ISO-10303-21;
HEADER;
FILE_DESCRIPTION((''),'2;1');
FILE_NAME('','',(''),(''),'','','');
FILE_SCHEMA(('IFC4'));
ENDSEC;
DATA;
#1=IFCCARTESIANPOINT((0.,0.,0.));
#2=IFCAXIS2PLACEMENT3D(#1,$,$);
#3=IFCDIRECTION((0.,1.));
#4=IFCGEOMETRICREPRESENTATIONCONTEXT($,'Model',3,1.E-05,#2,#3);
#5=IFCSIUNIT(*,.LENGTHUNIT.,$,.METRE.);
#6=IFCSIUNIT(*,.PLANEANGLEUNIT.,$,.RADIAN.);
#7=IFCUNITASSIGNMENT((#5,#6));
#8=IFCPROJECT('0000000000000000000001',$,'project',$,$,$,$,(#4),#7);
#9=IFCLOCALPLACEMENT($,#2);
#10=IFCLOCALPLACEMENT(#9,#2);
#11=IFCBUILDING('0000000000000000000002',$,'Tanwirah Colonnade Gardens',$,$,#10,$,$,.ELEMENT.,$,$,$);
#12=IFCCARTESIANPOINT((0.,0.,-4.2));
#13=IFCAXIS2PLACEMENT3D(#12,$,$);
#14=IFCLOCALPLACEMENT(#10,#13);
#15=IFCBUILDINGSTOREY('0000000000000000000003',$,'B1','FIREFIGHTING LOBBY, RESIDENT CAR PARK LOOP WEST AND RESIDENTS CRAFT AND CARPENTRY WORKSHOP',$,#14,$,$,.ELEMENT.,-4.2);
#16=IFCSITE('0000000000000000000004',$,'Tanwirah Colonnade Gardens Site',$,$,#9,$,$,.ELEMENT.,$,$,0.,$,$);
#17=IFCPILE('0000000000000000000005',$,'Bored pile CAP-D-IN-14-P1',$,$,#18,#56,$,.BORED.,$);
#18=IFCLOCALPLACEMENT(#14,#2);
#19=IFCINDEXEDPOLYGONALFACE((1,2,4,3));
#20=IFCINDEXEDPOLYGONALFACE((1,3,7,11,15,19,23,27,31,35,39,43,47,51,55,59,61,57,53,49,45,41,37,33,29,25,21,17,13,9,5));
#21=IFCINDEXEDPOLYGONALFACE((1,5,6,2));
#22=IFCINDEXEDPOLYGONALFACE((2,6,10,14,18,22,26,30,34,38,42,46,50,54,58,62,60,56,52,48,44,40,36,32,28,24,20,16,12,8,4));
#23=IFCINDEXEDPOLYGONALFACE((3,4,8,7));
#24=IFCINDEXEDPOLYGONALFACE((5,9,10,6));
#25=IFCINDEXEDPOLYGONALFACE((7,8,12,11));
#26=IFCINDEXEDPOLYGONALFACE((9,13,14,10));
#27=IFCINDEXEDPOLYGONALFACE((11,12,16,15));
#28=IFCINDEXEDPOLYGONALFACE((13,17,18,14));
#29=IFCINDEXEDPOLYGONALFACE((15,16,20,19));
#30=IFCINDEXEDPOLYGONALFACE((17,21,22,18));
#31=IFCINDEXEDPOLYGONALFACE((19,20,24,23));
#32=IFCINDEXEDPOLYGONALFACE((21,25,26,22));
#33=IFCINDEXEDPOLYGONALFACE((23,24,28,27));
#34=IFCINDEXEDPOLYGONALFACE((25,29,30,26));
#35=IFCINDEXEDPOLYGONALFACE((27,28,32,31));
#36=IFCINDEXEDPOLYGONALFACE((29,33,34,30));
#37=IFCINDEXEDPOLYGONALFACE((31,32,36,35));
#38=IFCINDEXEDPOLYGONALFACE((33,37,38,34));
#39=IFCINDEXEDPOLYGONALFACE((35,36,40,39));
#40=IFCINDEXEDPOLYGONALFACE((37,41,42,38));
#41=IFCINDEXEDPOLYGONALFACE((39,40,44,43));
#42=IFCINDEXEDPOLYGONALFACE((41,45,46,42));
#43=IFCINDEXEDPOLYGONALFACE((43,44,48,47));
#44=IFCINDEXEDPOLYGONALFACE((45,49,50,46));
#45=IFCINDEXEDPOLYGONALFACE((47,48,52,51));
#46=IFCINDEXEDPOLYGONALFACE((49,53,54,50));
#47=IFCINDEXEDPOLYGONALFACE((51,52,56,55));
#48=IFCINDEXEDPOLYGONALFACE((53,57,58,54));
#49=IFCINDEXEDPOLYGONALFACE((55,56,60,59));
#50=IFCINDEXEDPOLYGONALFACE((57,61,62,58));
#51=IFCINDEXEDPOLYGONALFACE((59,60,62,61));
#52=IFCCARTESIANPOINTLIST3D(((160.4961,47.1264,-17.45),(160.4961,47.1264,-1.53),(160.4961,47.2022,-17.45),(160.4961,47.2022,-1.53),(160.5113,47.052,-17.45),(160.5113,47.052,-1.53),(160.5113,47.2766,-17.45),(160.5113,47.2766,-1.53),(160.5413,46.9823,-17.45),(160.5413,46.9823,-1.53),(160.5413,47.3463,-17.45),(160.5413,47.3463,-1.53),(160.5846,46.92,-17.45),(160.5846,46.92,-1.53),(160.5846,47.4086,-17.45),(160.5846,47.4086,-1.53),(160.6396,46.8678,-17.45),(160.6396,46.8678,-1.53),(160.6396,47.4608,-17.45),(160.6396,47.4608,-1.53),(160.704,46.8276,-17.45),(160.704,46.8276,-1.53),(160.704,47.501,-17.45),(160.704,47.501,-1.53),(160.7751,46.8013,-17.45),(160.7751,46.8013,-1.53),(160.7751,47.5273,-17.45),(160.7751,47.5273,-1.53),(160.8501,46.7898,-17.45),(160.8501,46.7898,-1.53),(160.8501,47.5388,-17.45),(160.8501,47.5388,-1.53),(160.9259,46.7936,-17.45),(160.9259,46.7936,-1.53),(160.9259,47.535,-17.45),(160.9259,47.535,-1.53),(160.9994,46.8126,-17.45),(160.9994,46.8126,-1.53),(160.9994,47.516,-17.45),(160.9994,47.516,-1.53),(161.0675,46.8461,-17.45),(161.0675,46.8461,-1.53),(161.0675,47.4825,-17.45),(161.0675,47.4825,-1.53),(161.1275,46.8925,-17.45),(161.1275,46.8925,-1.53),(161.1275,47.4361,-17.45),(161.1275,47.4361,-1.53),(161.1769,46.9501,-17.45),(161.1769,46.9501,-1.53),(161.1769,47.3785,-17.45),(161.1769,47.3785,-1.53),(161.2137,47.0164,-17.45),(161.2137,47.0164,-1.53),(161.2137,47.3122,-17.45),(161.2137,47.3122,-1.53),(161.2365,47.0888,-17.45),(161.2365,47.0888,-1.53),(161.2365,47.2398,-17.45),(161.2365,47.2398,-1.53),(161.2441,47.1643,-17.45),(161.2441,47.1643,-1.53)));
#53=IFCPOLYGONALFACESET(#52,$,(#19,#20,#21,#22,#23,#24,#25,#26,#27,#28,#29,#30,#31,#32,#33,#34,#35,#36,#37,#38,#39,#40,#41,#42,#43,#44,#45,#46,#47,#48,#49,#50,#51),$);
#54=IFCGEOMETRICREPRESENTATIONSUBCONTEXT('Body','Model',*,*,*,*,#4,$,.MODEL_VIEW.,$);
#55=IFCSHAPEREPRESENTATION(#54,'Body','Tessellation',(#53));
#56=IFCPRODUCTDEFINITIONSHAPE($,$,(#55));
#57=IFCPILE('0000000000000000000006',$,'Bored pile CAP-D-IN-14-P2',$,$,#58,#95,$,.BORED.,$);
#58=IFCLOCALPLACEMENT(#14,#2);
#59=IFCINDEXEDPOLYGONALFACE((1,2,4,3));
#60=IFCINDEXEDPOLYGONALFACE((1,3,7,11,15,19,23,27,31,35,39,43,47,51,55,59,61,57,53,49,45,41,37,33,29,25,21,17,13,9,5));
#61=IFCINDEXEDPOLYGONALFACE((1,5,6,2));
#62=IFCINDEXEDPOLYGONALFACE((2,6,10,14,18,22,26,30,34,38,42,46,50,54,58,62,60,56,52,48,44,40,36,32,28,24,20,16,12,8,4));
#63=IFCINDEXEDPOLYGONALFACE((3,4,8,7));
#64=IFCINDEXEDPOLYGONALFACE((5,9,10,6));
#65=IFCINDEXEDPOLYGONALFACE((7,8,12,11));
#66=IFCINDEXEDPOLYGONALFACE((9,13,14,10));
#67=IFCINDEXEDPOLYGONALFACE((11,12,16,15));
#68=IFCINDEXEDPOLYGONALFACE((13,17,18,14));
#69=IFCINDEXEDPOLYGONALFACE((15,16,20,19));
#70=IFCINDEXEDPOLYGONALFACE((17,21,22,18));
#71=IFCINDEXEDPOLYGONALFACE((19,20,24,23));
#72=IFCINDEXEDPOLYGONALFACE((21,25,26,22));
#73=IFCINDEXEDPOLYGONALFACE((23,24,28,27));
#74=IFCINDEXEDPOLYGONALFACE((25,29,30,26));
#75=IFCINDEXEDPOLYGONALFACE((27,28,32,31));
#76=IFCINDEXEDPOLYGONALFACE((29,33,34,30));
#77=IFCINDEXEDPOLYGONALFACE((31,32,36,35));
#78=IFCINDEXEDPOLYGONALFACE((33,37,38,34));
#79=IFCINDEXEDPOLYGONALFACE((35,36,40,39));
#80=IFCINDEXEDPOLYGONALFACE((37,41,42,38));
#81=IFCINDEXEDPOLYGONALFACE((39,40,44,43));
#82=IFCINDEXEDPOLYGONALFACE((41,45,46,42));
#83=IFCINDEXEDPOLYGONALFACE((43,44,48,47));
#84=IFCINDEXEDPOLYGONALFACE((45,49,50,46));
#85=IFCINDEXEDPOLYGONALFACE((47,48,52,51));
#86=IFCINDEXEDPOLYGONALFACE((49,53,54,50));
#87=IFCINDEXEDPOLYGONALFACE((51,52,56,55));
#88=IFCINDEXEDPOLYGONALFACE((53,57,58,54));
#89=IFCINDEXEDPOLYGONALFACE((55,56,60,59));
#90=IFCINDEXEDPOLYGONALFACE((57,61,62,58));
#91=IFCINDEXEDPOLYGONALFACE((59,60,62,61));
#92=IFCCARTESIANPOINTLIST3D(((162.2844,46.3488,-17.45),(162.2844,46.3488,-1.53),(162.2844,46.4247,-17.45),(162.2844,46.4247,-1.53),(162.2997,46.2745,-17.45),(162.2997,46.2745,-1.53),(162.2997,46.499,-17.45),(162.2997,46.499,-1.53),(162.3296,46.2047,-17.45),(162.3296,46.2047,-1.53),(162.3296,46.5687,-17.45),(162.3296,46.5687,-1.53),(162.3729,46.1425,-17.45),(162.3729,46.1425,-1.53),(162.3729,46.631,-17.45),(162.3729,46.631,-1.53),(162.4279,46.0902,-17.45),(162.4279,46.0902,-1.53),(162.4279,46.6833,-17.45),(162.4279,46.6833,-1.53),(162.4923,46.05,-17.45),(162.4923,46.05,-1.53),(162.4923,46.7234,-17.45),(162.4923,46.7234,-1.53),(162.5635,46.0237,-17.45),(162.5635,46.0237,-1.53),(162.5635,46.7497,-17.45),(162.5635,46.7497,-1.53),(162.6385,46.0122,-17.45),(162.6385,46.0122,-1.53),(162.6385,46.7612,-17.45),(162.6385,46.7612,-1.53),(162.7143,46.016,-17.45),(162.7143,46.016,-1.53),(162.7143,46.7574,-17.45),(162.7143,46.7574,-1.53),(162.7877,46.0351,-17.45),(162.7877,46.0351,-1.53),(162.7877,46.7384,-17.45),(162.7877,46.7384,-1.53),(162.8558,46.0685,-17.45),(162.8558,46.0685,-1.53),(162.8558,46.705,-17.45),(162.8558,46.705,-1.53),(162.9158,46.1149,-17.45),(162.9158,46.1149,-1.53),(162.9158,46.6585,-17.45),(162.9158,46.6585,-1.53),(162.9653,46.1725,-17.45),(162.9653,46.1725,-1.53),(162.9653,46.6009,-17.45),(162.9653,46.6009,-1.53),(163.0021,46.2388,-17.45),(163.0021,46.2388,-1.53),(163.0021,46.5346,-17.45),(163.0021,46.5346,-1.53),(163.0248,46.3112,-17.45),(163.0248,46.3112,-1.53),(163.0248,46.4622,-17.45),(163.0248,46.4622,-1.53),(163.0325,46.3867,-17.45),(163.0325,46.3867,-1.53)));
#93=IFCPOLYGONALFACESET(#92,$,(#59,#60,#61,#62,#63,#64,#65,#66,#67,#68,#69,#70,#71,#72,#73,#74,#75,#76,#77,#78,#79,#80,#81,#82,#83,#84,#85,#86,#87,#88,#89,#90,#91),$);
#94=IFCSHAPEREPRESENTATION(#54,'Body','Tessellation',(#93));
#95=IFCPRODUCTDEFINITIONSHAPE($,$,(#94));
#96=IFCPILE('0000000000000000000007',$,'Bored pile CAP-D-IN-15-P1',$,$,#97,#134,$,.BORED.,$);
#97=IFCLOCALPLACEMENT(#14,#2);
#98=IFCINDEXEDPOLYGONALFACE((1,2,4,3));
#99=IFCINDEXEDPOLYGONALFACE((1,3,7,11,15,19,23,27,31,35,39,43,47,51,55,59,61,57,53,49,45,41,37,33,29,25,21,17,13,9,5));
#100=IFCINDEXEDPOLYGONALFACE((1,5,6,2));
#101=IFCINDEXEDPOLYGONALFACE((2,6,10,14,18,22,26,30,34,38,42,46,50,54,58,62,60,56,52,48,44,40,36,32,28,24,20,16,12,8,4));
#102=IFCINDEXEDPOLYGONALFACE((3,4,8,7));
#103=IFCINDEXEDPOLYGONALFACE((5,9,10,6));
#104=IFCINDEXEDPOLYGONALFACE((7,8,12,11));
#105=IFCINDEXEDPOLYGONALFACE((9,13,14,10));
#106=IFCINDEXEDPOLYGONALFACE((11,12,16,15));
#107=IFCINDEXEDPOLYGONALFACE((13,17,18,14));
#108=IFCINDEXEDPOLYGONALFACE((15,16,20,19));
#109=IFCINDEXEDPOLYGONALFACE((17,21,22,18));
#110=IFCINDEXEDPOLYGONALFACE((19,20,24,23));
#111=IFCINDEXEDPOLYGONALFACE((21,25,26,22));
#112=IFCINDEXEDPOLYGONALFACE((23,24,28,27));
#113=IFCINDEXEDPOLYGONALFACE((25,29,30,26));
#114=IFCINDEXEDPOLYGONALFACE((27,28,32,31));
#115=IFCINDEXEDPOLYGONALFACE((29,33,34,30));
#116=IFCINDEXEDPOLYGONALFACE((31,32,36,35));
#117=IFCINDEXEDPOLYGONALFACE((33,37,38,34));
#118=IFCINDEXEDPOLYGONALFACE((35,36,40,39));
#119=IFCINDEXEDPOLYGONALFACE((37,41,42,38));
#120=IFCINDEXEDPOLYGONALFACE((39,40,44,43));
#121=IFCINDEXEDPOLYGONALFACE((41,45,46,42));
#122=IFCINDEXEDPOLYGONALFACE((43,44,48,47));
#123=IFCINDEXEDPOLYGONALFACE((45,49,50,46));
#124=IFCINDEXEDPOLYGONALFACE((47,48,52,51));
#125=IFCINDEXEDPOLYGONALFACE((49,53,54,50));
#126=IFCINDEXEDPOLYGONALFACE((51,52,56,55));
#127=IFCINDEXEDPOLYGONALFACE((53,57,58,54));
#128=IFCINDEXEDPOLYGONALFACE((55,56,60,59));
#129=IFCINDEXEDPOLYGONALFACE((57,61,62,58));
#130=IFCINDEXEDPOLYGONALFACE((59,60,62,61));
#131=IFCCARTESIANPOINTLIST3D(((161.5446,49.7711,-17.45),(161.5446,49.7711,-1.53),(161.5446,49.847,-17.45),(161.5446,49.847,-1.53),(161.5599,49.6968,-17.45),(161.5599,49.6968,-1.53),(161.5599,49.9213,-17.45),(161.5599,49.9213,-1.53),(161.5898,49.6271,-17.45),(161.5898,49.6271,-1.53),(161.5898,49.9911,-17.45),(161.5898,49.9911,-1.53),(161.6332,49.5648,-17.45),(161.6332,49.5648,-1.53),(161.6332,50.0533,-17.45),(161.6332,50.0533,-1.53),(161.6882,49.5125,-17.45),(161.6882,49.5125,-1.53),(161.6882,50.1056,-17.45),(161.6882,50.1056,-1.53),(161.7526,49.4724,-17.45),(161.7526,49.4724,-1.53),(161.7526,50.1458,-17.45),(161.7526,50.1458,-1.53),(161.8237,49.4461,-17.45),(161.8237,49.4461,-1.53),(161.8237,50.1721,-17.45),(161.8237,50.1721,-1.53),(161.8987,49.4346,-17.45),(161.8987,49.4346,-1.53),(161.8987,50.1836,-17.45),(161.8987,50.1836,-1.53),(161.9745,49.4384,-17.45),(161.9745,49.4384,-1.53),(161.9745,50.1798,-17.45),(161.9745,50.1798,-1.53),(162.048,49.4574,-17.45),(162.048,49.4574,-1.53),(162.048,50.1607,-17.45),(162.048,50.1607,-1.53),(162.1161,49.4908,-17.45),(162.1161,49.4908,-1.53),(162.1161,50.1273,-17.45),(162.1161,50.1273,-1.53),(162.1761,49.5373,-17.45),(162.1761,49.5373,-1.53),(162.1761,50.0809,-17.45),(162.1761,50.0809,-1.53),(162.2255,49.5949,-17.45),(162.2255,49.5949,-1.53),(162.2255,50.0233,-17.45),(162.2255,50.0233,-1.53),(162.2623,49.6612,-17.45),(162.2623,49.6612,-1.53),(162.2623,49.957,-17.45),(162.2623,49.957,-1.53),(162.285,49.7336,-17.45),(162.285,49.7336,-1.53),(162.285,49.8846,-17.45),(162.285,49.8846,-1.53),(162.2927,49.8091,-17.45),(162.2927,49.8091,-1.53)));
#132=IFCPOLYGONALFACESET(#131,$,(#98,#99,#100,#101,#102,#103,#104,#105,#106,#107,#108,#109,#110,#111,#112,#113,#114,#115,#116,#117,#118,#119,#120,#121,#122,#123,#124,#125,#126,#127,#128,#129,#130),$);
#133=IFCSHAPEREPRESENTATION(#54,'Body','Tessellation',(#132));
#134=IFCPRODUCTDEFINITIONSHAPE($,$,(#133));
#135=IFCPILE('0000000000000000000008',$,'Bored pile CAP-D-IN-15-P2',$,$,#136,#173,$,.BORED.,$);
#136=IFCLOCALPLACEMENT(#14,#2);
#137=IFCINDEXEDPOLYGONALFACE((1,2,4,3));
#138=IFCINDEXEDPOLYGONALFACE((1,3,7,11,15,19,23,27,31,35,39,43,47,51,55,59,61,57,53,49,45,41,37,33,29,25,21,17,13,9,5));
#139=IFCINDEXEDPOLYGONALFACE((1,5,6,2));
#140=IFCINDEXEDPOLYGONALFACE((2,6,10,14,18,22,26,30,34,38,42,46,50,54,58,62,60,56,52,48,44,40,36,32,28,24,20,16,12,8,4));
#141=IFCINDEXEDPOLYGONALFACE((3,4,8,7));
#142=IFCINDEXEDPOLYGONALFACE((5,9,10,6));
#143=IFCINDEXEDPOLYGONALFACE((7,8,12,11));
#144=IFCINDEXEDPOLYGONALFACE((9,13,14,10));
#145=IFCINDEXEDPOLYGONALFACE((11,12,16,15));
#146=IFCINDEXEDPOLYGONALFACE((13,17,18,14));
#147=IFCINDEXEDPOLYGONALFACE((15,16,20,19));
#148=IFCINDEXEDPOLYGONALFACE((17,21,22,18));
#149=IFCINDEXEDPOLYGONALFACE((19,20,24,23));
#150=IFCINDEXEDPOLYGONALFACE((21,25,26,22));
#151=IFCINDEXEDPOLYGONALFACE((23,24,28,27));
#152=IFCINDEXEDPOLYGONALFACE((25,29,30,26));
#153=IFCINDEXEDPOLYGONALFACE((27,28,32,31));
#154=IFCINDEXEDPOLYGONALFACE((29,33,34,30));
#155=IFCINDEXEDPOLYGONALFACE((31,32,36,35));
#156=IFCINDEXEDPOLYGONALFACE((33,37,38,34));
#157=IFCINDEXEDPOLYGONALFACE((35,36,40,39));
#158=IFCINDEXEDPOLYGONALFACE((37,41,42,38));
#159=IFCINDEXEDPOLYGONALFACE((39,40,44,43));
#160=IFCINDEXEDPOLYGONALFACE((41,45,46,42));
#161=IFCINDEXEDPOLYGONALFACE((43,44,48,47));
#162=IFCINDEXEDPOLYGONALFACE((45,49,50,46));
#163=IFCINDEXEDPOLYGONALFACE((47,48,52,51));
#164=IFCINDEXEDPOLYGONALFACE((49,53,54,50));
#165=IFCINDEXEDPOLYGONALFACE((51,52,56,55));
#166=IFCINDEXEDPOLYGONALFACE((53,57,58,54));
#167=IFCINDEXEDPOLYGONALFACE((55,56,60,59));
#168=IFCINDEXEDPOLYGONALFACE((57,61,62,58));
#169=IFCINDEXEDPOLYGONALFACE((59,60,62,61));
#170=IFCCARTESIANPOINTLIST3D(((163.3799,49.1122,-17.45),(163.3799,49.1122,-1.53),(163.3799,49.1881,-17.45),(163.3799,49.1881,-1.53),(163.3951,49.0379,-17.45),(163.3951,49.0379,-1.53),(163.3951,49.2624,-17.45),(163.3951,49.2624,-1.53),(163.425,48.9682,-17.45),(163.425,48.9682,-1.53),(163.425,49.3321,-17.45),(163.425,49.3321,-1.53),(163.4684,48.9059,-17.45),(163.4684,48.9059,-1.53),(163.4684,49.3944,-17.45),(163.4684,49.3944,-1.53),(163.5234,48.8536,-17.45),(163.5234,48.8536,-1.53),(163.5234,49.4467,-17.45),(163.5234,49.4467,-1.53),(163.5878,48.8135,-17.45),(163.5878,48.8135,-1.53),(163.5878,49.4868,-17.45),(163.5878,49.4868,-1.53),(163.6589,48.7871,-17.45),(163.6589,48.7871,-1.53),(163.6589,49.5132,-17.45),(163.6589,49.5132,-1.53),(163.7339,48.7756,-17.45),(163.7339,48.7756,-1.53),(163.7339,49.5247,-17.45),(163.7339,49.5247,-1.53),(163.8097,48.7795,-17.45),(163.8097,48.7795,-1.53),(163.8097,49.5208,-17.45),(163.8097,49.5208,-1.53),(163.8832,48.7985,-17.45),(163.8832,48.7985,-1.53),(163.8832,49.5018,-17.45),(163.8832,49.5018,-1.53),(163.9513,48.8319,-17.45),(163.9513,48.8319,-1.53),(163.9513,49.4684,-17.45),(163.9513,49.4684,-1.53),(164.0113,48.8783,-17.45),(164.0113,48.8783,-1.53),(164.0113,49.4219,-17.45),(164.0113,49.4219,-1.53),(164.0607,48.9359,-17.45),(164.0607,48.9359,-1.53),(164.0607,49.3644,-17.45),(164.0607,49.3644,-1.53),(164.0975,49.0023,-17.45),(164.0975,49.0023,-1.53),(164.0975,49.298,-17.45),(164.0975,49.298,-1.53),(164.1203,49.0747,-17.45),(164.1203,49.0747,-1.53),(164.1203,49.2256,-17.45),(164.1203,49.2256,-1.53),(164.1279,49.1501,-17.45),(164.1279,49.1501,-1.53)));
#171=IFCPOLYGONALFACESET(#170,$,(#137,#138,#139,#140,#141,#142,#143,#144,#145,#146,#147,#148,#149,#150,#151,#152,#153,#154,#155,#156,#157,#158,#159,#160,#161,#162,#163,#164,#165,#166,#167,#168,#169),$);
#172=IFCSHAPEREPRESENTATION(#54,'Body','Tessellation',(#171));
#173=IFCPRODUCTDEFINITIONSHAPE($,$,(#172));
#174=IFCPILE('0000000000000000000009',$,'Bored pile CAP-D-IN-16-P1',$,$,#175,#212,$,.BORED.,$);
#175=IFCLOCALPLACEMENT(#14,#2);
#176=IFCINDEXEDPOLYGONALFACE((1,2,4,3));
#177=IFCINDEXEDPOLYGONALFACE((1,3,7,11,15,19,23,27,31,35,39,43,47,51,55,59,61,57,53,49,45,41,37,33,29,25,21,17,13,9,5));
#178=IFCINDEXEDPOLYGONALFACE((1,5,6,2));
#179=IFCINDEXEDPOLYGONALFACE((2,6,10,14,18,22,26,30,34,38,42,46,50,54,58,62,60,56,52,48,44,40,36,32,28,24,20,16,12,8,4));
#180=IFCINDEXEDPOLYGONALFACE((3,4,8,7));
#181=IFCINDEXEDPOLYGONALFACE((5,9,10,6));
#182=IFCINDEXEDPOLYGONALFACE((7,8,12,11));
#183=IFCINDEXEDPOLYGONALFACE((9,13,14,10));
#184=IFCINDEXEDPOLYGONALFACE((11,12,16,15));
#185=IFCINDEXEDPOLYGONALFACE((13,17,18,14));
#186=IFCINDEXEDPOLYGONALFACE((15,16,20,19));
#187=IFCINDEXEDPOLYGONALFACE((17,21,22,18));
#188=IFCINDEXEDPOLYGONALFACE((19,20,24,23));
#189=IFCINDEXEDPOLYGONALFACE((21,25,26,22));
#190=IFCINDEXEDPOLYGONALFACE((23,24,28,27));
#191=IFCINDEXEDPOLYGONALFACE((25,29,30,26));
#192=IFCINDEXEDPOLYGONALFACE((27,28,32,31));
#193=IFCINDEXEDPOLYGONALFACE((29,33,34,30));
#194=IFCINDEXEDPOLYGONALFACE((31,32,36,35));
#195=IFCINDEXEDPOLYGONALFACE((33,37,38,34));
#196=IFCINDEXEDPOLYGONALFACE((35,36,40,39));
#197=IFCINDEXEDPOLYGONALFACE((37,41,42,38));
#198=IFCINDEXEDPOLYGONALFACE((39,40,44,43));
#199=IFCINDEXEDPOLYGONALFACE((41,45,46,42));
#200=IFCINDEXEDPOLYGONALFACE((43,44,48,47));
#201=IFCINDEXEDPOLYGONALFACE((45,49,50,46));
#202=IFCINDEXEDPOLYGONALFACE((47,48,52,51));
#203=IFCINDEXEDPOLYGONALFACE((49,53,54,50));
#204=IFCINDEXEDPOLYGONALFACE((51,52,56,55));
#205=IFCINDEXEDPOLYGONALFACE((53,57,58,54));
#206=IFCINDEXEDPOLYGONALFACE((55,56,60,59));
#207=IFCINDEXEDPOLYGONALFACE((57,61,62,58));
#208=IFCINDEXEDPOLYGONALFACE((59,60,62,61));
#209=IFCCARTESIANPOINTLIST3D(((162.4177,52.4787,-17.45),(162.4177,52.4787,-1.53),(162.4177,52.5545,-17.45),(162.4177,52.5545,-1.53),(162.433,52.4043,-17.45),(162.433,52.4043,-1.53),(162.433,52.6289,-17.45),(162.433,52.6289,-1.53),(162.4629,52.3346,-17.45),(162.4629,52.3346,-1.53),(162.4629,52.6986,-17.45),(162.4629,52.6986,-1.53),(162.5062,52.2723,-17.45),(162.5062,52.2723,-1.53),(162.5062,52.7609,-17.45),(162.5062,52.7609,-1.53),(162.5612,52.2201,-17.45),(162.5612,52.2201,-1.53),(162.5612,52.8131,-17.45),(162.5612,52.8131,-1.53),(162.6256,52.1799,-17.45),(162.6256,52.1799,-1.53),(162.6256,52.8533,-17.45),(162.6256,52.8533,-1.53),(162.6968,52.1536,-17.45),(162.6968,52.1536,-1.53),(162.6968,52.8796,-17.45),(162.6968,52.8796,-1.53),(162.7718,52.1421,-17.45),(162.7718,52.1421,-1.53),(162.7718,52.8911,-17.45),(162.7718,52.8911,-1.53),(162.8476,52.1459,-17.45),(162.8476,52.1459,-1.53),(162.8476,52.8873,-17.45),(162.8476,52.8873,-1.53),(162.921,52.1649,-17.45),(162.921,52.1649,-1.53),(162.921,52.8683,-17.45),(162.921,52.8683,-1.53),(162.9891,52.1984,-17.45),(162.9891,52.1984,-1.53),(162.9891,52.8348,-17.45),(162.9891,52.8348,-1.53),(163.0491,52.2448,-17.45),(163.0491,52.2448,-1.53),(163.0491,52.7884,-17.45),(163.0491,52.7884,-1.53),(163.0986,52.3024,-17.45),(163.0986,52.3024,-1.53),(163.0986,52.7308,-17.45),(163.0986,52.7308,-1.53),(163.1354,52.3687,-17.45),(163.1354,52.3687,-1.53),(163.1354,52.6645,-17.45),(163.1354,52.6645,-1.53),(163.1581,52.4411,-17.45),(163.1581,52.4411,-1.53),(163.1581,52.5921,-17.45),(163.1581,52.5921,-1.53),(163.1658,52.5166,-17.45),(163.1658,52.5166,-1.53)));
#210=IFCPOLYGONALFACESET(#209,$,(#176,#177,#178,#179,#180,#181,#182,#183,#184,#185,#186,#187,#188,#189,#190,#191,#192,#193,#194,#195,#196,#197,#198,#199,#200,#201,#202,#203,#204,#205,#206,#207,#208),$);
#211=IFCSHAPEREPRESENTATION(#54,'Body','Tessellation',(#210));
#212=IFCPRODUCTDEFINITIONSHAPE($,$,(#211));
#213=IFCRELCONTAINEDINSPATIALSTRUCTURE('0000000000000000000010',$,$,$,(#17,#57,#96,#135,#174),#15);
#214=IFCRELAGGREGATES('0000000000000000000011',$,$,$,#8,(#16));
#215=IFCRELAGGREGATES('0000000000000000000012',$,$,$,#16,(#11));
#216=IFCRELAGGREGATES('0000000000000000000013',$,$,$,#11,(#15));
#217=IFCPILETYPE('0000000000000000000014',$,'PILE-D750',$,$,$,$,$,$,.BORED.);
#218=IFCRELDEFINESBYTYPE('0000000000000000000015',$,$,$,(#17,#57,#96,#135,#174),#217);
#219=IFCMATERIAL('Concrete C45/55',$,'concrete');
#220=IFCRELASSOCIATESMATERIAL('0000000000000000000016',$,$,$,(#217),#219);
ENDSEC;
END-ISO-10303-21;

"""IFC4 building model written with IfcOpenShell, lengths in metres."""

from ifc_helpers import new_model, si_unit, direction, frame, origin, origin_2d, place, context, subcontext, project, spatial, circle, extrude, material, material_profile, profile_set, type_object, element, save


model = new_model("IFC4")

# Units and contexts
model_context = context("Model", 3, precision=1e-05, world=origin(), true_north=direction((0.0, 1.0)))
body_context = subcontext(model_context, "Body", "Model", "MODEL_VIEW")
ifc_project = project(units=[si_unit("LENGTHUNIT", "METRE"), si_unit("PLANEANGLEUNIT", "RADIAN")], contexts=[model_context])

# Site, building, storey
site_placement = place(None, origin())
site = spatial("IfcSite", under=ifc_project, at=site_placement, Name="Tanwirah Colonnade Gardens Site", CompositionType="ELEMENT", RefElevation=0.0)
building_placement = place(site_placement, origin())
building = spatial("IfcBuilding", under=site, at=building_placement, Name="Tanwirah Colonnade Gardens", CompositionType="ELEMENT")
storey_placement = place(building_placement, frame((0.0, 0.0, -4.2)))
storey = spatial("IfcBuildingStorey", under=building, at=storey_placement, Name="B1", Description="FIREFIGHTING LOBBY, RESIDENT CAR PARK LOOP WEST AND RESIDENTS CRAFT AND CARPENTRY WORKSHOP", CompositionType="ELEMENT", Elevation=-4.2)

# Shared definitions
ifc_material_1 = material(Name="Concrete C45/55", Category="concrete")

# Piles
ifc_material_profile_1 = material_profile(ifc_material_1, circle(Radius=0.375, at=origin_2d()), Name="PILE D750")
ifc_profile_set_1 = profile_set([ifc_material_profile_1], Name="Concrete C45/55")
pile_type_1 = type_object("IfcPileType", Name="PILE-D750", PredefinedType="BORED", material=ifc_profile_set_1)
for number, where, z_axis, x_axis, name in (
    (1, (160.8691, 47.1643, -1.53), (0.0, 0.0, -1.0), (1.0, 0.0, 0.0), "Bored pile CAP-D-IN-14-P1"),
    (2, (162.6575, 46.3867, -1.53), (0.0, 0.0, -1.0), (1.0, 0.0, 0.0), "Bored pile CAP-D-IN-14-P2"),
    (3, (161.9177, 49.8091, -1.53), (0.0, 0.0, -1.0), (1.0, 0.0, 0.0), "Bored pile CAP-D-IN-15-P1"),
    (4, (163.7529, 49.1501, -1.53), (0.0, 0.0, -1.0), (1.0, 0.0, 0.0), "Bored pile CAP-D-IN-15-P2"),
    (5, (162.7908, 52.5166, -1.53), (0.0, 0.0, -1.0), (1.0, 0.0, 0.0), "Bored pile CAP-D-IN-16-P1"),
):
    element("IfcPile", number, at=place(storey_placement, frame(where, z_axis=z_axis, x_axis=x_axis)), inside=storey, type_object=pile_type_1, Name=name, PredefinedType="BORED", context=body_context, shape_type="SweptSolid", body=[
        extrude(circle(Radius=0.375, at=origin_2d()), origin(), (0.0, 0.0, 1.0), 15.9199),
    ])

save(model, "model.ifc")
